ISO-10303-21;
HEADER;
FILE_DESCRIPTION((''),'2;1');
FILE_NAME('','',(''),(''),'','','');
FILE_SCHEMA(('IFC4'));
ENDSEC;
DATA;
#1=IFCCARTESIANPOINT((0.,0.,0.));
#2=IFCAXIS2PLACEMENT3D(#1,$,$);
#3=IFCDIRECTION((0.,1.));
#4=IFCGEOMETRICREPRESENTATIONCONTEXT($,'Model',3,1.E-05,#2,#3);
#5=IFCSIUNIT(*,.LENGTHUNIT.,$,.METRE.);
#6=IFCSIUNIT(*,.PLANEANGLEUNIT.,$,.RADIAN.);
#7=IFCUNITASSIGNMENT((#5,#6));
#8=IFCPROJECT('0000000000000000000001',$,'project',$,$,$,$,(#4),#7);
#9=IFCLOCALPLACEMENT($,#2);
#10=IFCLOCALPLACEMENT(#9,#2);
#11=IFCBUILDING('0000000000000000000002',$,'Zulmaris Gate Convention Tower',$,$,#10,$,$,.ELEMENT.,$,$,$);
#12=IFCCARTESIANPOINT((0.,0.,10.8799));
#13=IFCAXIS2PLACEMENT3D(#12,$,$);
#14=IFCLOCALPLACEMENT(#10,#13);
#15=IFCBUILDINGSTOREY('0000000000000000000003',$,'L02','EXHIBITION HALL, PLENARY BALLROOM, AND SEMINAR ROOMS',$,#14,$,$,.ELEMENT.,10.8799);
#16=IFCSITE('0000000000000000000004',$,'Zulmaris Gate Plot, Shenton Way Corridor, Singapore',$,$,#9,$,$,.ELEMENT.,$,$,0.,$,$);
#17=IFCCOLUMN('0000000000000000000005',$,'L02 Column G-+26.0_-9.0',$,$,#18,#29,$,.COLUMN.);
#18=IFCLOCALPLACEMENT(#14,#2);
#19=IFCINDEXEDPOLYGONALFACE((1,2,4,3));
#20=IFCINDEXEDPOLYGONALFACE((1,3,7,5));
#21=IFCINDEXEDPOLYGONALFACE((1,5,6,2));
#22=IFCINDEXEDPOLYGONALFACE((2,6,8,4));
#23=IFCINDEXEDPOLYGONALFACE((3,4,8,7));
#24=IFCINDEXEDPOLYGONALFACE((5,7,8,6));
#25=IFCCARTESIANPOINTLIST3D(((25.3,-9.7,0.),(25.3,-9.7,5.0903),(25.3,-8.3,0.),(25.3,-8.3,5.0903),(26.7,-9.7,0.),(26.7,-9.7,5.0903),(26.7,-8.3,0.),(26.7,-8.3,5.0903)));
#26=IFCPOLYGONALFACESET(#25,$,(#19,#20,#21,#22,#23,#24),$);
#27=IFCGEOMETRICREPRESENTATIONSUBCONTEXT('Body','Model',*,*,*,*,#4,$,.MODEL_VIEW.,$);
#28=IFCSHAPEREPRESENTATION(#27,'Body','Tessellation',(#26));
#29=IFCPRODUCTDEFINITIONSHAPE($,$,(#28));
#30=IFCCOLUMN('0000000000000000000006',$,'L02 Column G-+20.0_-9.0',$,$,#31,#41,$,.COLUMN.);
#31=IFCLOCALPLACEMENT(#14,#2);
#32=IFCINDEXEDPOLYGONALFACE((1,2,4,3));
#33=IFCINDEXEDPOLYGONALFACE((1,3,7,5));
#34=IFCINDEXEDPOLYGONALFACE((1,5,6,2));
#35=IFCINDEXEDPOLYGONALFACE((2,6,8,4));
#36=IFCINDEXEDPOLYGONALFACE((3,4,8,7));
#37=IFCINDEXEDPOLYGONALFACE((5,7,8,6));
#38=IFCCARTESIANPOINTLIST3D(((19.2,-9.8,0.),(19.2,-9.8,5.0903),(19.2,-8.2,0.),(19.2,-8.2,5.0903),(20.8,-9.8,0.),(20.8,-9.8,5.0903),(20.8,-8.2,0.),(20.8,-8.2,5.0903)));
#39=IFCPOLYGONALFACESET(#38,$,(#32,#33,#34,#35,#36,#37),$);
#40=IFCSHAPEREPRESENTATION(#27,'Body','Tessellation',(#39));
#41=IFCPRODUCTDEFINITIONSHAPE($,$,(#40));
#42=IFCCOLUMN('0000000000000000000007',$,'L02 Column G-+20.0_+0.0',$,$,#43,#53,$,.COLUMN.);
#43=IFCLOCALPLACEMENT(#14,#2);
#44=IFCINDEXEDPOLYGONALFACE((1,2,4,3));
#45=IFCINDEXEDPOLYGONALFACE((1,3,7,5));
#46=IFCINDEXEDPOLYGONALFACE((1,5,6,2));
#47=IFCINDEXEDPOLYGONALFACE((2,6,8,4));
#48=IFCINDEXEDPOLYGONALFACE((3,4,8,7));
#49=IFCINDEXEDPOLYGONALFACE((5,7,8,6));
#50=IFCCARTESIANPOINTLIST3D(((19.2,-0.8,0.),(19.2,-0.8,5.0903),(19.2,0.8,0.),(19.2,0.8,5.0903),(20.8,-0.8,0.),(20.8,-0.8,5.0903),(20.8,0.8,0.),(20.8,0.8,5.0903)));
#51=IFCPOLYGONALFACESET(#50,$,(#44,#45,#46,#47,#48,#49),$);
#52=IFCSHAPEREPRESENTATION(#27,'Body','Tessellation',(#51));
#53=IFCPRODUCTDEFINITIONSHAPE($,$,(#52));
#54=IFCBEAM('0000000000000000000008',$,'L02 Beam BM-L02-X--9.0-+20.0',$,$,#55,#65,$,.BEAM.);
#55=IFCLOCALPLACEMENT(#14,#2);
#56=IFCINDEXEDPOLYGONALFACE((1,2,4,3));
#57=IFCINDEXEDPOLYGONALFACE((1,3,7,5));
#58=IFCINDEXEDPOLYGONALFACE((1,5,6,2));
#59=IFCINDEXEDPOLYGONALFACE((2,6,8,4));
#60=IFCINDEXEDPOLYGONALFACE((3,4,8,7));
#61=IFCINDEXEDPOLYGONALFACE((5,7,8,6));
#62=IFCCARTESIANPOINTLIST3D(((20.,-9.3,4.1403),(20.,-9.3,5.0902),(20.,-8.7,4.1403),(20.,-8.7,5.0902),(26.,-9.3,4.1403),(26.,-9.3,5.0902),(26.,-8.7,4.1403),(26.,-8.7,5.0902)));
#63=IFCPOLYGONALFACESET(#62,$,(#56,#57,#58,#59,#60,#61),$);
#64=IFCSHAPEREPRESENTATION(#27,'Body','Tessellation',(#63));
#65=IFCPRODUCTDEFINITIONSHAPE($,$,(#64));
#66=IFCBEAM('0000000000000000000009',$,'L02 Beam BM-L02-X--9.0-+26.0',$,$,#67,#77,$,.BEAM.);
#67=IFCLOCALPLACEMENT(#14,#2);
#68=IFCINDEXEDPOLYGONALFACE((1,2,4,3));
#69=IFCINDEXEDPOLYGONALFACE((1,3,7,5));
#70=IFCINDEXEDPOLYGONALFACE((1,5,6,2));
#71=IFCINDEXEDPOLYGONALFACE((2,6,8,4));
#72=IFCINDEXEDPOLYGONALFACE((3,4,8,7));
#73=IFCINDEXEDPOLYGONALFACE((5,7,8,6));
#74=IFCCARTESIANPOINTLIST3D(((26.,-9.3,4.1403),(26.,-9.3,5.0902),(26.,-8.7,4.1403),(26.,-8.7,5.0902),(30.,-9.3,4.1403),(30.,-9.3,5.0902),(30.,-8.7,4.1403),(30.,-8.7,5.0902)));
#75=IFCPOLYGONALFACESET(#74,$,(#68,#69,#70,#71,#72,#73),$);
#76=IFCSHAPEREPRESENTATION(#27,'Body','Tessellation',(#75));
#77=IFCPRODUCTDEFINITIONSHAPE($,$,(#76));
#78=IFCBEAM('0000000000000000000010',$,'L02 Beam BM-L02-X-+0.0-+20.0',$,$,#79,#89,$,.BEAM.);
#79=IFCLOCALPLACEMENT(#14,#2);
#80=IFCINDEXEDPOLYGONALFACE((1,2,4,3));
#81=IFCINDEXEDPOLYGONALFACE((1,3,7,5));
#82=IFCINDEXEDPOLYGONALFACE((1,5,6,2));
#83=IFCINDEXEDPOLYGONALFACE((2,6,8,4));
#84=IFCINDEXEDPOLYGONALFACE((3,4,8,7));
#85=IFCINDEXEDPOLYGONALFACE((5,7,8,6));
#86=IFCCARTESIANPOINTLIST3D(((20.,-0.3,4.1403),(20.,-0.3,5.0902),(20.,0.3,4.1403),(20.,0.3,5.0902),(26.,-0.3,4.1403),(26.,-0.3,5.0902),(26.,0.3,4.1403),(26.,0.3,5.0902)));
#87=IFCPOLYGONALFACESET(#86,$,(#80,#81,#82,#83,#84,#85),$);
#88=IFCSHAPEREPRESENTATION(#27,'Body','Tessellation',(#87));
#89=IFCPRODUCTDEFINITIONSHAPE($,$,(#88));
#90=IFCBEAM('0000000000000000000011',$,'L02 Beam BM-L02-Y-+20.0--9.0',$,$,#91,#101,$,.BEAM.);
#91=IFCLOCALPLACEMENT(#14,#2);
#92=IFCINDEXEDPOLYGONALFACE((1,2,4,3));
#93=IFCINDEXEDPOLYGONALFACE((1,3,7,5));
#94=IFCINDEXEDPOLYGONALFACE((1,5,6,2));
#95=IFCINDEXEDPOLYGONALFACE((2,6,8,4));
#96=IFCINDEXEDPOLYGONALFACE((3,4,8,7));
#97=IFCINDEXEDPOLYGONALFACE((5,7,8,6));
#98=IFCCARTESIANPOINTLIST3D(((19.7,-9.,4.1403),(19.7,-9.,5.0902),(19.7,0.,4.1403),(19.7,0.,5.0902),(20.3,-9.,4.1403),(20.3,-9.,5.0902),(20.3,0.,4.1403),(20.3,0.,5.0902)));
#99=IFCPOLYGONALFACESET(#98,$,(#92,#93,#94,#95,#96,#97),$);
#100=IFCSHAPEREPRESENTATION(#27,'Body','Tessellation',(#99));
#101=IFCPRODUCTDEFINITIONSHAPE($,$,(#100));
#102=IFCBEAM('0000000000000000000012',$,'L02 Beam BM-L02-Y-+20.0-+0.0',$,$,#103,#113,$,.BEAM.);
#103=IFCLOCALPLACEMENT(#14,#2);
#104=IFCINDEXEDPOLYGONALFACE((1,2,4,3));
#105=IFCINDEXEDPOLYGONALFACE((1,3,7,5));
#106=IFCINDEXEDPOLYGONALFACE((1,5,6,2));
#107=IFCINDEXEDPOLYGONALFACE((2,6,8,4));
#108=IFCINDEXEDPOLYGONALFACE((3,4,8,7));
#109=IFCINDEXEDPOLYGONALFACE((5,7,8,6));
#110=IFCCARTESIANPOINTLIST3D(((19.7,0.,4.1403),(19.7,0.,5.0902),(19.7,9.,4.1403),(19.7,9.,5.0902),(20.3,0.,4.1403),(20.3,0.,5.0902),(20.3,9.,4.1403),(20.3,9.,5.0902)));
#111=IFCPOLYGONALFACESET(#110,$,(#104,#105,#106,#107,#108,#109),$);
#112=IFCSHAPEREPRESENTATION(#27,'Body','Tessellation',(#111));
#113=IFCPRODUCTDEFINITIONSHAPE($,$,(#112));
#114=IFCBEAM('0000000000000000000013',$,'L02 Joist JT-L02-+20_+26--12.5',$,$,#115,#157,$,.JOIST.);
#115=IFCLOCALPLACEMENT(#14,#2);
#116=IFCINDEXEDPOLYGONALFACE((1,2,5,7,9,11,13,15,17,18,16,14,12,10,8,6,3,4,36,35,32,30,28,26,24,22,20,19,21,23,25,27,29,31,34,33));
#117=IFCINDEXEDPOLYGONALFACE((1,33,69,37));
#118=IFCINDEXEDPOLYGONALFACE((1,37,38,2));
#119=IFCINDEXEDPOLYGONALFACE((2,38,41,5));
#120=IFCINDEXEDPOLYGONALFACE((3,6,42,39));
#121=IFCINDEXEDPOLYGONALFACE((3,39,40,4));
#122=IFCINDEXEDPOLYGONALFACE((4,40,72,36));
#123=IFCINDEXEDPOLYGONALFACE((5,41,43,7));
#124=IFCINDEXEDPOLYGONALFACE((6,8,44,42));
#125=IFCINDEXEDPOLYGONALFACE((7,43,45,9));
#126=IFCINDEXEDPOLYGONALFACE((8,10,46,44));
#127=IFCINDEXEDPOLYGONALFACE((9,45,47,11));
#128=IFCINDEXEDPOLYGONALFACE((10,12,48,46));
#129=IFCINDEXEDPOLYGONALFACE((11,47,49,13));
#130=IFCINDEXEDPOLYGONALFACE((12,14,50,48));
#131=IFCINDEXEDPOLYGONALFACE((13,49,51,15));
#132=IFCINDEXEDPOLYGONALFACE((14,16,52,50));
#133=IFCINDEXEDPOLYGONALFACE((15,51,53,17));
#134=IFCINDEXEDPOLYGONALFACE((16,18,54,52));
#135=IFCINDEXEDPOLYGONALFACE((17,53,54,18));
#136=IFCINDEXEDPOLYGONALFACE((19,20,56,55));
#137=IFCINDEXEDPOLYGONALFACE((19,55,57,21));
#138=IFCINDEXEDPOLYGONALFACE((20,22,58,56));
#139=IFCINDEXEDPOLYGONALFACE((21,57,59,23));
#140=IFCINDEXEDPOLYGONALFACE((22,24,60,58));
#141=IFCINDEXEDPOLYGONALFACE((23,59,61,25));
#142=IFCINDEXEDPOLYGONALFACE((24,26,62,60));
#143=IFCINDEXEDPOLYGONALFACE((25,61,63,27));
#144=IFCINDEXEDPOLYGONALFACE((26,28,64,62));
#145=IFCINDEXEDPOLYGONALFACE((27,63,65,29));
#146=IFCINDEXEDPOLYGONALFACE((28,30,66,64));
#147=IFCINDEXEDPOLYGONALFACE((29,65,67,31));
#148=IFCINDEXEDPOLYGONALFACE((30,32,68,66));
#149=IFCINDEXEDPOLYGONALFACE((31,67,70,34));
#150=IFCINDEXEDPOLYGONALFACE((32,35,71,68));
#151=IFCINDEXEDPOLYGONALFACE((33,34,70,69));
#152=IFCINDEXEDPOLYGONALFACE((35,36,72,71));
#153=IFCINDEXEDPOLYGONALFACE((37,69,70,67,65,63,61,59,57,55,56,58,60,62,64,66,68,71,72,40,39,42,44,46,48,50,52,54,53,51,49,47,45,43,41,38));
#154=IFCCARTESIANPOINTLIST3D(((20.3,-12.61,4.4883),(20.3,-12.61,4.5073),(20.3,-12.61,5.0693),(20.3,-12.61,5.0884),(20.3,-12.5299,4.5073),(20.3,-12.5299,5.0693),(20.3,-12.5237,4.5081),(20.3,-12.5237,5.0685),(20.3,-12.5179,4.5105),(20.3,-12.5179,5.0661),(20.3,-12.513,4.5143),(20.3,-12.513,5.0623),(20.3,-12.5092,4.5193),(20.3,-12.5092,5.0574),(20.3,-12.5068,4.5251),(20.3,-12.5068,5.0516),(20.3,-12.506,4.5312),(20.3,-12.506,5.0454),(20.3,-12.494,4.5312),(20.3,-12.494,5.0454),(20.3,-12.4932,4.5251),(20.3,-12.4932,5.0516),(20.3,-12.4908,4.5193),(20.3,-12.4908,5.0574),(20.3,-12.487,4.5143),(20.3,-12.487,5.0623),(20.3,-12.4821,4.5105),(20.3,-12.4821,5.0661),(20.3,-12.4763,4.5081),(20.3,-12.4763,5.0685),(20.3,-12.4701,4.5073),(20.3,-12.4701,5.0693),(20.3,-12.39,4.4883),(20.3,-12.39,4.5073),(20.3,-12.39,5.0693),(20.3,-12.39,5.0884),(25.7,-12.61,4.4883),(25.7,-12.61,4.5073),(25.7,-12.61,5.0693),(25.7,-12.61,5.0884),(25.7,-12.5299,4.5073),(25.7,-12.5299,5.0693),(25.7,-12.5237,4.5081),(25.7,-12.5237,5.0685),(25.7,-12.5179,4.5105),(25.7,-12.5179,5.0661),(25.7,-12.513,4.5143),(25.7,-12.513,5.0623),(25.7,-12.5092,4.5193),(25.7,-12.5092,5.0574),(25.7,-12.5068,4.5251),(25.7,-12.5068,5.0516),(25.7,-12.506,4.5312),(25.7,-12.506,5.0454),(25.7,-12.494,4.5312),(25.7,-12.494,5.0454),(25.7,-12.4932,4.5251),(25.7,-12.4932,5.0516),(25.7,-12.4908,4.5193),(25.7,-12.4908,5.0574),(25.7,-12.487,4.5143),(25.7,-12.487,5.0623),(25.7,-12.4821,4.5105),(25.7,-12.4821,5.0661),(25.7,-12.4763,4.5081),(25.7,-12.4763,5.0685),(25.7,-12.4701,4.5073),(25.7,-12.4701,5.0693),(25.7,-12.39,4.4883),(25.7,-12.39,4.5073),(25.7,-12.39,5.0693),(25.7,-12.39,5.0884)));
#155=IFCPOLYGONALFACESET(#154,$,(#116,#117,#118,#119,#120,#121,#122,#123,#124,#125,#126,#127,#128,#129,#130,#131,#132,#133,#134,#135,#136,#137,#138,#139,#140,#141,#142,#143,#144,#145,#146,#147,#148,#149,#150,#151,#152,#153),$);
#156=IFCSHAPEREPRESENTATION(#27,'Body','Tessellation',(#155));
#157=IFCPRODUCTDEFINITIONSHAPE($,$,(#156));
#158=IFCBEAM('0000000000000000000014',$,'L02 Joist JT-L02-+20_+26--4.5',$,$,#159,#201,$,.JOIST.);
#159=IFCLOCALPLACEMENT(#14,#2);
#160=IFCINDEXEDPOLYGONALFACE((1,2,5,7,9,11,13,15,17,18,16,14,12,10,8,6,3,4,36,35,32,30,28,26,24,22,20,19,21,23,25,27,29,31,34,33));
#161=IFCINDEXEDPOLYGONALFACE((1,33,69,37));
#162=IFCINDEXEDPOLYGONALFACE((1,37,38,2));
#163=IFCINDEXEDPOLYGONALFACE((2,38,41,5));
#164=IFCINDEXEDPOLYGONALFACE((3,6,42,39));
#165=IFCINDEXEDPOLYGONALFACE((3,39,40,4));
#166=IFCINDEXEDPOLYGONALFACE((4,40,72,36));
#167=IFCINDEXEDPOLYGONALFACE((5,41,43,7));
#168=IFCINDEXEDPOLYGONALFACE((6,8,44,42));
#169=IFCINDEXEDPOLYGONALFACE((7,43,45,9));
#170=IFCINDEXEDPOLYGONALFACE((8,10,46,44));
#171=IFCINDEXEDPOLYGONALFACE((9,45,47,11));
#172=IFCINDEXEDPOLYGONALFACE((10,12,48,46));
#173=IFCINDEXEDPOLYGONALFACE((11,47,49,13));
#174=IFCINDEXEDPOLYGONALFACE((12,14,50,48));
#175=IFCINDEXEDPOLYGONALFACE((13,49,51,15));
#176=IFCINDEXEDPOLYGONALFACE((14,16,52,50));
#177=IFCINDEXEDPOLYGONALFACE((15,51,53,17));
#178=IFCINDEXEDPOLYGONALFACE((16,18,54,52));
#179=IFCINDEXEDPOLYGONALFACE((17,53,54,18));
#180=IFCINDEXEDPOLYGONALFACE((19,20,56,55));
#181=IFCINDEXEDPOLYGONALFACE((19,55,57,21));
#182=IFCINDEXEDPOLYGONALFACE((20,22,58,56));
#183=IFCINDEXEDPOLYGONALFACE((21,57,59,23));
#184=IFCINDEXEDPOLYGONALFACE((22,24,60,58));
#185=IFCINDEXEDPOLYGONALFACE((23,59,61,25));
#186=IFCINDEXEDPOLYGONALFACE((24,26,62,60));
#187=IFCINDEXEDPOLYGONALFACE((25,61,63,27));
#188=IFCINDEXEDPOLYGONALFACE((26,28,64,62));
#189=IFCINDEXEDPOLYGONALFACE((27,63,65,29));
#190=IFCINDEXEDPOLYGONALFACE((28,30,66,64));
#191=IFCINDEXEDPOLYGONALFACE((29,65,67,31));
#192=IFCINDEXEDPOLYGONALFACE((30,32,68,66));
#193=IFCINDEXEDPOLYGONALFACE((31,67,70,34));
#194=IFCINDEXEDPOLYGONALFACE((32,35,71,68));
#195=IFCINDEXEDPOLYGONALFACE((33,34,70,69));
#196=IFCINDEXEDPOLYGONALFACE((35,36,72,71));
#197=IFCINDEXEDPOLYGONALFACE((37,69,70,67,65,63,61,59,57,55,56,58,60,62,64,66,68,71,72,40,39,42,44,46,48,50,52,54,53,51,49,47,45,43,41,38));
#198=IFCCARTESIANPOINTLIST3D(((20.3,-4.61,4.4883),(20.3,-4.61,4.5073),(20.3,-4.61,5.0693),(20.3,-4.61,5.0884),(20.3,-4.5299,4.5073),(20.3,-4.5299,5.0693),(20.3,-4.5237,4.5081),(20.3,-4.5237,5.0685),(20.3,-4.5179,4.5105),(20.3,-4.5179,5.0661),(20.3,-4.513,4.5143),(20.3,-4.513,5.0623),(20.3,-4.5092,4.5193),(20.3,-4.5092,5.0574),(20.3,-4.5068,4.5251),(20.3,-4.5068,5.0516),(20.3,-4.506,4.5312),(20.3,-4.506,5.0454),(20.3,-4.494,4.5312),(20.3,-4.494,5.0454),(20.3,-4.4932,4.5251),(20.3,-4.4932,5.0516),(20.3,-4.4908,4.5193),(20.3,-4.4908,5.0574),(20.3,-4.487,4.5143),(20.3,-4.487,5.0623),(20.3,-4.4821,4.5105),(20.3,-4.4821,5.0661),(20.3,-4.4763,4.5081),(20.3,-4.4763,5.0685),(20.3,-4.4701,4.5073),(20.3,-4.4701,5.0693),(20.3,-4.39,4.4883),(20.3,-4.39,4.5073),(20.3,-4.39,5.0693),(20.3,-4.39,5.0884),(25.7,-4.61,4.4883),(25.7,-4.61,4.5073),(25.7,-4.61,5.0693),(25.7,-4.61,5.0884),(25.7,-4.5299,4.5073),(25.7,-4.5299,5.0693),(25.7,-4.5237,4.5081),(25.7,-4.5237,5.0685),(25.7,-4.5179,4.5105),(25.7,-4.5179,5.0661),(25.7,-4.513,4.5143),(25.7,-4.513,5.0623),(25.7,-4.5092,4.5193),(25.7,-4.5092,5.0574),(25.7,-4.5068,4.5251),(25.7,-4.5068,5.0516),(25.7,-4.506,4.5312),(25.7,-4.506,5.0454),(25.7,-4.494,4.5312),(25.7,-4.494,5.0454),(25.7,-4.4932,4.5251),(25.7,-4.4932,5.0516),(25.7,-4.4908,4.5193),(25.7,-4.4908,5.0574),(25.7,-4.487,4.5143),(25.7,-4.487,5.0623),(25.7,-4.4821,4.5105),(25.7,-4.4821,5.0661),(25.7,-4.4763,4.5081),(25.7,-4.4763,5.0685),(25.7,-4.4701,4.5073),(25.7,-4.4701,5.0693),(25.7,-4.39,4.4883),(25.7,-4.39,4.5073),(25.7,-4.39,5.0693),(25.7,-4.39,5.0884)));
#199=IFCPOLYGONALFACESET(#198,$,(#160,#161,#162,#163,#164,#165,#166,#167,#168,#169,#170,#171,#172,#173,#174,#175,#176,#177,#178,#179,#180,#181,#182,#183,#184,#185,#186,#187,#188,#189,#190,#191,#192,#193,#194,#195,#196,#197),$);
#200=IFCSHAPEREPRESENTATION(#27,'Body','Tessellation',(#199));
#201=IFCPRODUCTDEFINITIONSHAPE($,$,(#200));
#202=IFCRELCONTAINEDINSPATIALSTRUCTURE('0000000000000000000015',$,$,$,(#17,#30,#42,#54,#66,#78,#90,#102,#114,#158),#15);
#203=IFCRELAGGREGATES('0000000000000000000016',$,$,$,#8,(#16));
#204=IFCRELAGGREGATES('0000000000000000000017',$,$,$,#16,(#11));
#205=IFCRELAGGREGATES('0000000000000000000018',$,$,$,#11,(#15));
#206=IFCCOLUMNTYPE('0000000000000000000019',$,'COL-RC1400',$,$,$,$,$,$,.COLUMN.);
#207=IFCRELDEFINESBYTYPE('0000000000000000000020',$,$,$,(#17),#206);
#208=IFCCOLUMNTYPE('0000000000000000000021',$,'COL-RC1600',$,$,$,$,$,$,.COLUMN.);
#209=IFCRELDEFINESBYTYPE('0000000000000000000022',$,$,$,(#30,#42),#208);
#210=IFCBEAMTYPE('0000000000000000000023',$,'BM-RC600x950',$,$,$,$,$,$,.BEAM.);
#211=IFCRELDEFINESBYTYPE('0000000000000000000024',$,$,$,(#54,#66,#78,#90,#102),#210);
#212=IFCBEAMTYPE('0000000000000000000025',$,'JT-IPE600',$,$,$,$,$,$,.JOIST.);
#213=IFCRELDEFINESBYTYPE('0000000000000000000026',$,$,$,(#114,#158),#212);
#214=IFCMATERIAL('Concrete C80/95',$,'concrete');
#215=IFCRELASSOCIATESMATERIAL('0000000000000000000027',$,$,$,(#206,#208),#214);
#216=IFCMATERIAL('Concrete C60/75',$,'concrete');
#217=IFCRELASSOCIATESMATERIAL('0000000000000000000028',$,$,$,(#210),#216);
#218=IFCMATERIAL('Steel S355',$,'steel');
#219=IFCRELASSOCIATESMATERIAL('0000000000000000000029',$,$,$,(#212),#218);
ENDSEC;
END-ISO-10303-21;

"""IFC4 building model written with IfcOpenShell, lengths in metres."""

from ifc_helpers import new_model, si_unit, direction, frame, origin, origin_2d, place, context, subcontext, project, spatial, rectangle, i_section, extrude, material, material_profile, profile_set, type_object, element, save


model = new_model("IFC4")

# Units and contexts
model_context = context("Model", 3, precision=1e-05, world=origin(), true_north=direction((0.0, 1.0)))
body_context = subcontext(model_context, "Body", "Model", "MODEL_VIEW")
ifc_project = project(units=[si_unit("LENGTHUNIT", "METRE"), si_unit("PLANEANGLEUNIT", "RADIAN")], contexts=[model_context])

# Site, building, storey
site_placement = place(None, origin())
site = spatial("IfcSite", under=ifc_project, at=site_placement, Name="Zulmaris Gate Plot, Shenton Way Corridor, Singapore", CompositionType="ELEMENT", RefElevation=0.0)
building_placement = place(site_placement, origin())
building = spatial("IfcBuilding", under=site, at=building_placement, Name="Zulmaris Gate Convention Tower", CompositionType="ELEMENT")
storey_placement = place(building_placement, frame((0.0, 0.0, 10.8799)))
storey = spatial("IfcBuildingStorey", under=building, at=storey_placement, Name="L02", Description="EXHIBITION HALL, PLENARY BALLROOM, AND SEMINAR ROOMS", CompositionType="ELEMENT", Elevation=10.8799)

# Columns
ifc_material_1 = material(Name="Concrete C80/95", Category="concrete")
ifc_material_profile_1 = material_profile(ifc_material_1, rectangle(XDim=1.3999, YDim=1.3999, at=origin_2d()), Name="RC COL 1400x1400")
ifc_profile_set_1 = profile_set([ifc_material_profile_1], Name="Concrete C80/95")
column_type_1 = type_object("IfcColumnType", Name="COL-RC1400", PredefinedType="COLUMN", material=ifc_profile_set_1)
column_placement = place(storey_placement, frame((26.0, -9.0, 0.0), z_axis=(0.0, 0.0, 1.0), x_axis=(1.0, 0.0, 0.0)))
element("IfcColumn", 1, at=column_placement, inside=storey, type_object=column_type_1, Name="L02 Column G-+26.0_-9.0", PredefinedType="COLUMN", context=body_context, shape_type="SweptSolid", body=[
    extrude(rectangle(XDim=1.3999, YDim=1.3999, at=origin_2d()), origin(), (0.0, 0.0, 1.0), 5.0903),
])
ifc_material_profile_2 = material_profile(ifc_material_1, rectangle(XDim=1.6001, YDim=1.6001, at=origin_2d()), Name="RC COL 1600x1600")
ifc_profile_set_2 = profile_set([ifc_material_profile_2], Name="Concrete C80/95")
column_type_2 = type_object("IfcColumnType", Name="COL-RC1600", PredefinedType="COLUMN", material=ifc_profile_set_2)
for number, where, z_axis, x_axis, name in (
    (2, (20.0, -9.0, 0.0), (0.0, 0.0, 1.0), (1.0, 0.0, 0.0), "L02 Column G-+20.0_-9.0"),
    (3, (20.0, 0.0, 0.0), (0.0, 0.0, 1.0), (1.0, 0.0, 0.0), "L02 Column G-+20.0_+0.0"),
):
    element("IfcColumn", number, at=place(storey_placement, frame(where, z_axis=z_axis, x_axis=x_axis)), inside=storey, type_object=column_type_2, Name=name, PredefinedType="COLUMN", context=body_context, shape_type="SweptSolid", body=[
        extrude(rectangle(XDim=1.6001, YDim=1.6001, at=origin_2d()), origin(), (0.0, 0.0, 1.0), 5.0903),
    ])

# Beams
ifc_material_2 = material(Name="Concrete C60/75", Category="concrete")
ifc_material_profile_3 = material_profile(ifc_material_2, rectangle(XDim=0.6001, YDim=0.95, at=origin_2d()), Name="RC BEAM 600x950")
ifc_profile_set_3 = profile_set([ifc_material_profile_3], Name="Concrete C60/75")
beam_type_1 = type_object("IfcBeamType", Name="BM-RC600x950", PredefinedType="BEAM", material=ifc_profile_set_3)
beam_1_placement = place(storey_placement, frame((20.0, -9.0, 4.6152), z_axis=(1.0, 0.0, 0.0), x_axis=(0.0, 1.0, 0.0)))
element("IfcBeam", 4, at=beam_1_placement, inside=storey, type_object=beam_type_1, Name="L02 Beam BM-L02-X--9.0-+20.0", PredefinedType="BEAM", context=body_context, shape_type="SweptSolid", body=[
    extrude(rectangle(XDim=0.6001, YDim=0.95, at=origin_2d()), origin(), (0.0, 0.0, 1.0), 6.0),
])
beam_2_placement = place(storey_placement, frame((26.0, -9.0, 4.6152), z_axis=(1.0, 0.0, 0.0), x_axis=(0.0, 1.0, 0.0)))
element("IfcBeam", 5, at=beam_2_placement, inside=storey, type_object=beam_type_1, Name="L02 Beam BM-L02-X--9.0-+26.0", PredefinedType="BEAM", context=body_context, shape_type="SweptSolid", body=[
    extrude(rectangle(XDim=0.6001, YDim=0.95, at=origin_2d()), origin(), (0.0, 0.0, 1.0), 4.0),
])
beam_3_placement = place(storey_placement, frame((20.0, 0.0, 4.6152), z_axis=(1.0, 0.0, 0.0), x_axis=(0.0, 1.0, 0.0)))
element("IfcBeam", 6, at=beam_3_placement, inside=storey, type_object=beam_type_1, Name="L02 Beam BM-L02-X-+0.0-+20.0", PredefinedType="BEAM", context=body_context, shape_type="SweptSolid", body=[
    extrude(rectangle(XDim=0.6001, YDim=0.95, at=origin_2d()), origin(), (0.0, 0.0, 1.0), 6.0),
])
for number, where, z_axis, x_axis, name in (
    (7, (20.0, -9.0, 4.6152), (0.0, 1.0, 0.0), (-1.0, 0.0, 0.0), "L02 Beam BM-L02-Y-+20.0--9.0"),
    (8, (20.0, 0.0, 4.6152), (0.0, 1.0, 0.0), (-1.0, 0.0, 0.0), "L02 Beam BM-L02-Y-+20.0-+0.0"),
):
    element("IfcBeam", number, at=place(storey_placement, frame(where, z_axis=z_axis, x_axis=x_axis)), inside=storey, type_object=beam_type_1, Name=name, PredefinedType="BEAM", context=body_context, shape_type="SweptSolid", body=[
        extrude(rectangle(XDim=0.6001, YDim=0.95, at=origin_2d()), origin(), (0.0, 0.0, 1.0), 9.0),
    ])
ifc_material_3 = material(Name="Steel S355", Category="steel")
ifc_material_profile_4 = material_profile(ifc_material_3, i_section(OverallWidth=0.22, OverallDepth=0.6001, WebThickness=0.012, FlangeThickness=0.019, FilletRadius=0.0239, at=origin_2d()), Name="IPE 600")
ifc_profile_set_4 = profile_set([ifc_material_profile_4], Name="Steel S355")
beam_type_2 = type_object("IfcBeamType", Name="JT-IPE600", PredefinedType="JOIST", material=ifc_profile_set_4)
for number, where, z_axis, x_axis, name in (
    (9, (20.3, -12.5, 4.7883), (1.0, 0.0, 0.0), (0.0, 1.0, 0.0), "L02 Joist JT-L02-+20_+26--12.5"),
    (10, (20.3, -4.5, 4.7883), (1.0, 0.0, 0.0), (0.0, 1.0, 0.0), "L02 Joist JT-L02-+20_+26--4.5"),
):
    element("IfcBeam", number, at=place(storey_placement, frame(where, z_axis=z_axis, x_axis=x_axis)), inside=storey, type_object=beam_type_2, Name=name, PredefinedType="JOIST", context=body_context, shape_type="SweptSolid", body=[
        extrude(i_section(OverallWidth=0.22, OverallDepth=0.6001, WebThickness=0.012, FlangeThickness=0.019, FilletRadius=0.0239, at=origin_2d()), origin(), (0.0, 0.0, 1.0), 5.3999),
    ])

save(model, "model.ifc")
